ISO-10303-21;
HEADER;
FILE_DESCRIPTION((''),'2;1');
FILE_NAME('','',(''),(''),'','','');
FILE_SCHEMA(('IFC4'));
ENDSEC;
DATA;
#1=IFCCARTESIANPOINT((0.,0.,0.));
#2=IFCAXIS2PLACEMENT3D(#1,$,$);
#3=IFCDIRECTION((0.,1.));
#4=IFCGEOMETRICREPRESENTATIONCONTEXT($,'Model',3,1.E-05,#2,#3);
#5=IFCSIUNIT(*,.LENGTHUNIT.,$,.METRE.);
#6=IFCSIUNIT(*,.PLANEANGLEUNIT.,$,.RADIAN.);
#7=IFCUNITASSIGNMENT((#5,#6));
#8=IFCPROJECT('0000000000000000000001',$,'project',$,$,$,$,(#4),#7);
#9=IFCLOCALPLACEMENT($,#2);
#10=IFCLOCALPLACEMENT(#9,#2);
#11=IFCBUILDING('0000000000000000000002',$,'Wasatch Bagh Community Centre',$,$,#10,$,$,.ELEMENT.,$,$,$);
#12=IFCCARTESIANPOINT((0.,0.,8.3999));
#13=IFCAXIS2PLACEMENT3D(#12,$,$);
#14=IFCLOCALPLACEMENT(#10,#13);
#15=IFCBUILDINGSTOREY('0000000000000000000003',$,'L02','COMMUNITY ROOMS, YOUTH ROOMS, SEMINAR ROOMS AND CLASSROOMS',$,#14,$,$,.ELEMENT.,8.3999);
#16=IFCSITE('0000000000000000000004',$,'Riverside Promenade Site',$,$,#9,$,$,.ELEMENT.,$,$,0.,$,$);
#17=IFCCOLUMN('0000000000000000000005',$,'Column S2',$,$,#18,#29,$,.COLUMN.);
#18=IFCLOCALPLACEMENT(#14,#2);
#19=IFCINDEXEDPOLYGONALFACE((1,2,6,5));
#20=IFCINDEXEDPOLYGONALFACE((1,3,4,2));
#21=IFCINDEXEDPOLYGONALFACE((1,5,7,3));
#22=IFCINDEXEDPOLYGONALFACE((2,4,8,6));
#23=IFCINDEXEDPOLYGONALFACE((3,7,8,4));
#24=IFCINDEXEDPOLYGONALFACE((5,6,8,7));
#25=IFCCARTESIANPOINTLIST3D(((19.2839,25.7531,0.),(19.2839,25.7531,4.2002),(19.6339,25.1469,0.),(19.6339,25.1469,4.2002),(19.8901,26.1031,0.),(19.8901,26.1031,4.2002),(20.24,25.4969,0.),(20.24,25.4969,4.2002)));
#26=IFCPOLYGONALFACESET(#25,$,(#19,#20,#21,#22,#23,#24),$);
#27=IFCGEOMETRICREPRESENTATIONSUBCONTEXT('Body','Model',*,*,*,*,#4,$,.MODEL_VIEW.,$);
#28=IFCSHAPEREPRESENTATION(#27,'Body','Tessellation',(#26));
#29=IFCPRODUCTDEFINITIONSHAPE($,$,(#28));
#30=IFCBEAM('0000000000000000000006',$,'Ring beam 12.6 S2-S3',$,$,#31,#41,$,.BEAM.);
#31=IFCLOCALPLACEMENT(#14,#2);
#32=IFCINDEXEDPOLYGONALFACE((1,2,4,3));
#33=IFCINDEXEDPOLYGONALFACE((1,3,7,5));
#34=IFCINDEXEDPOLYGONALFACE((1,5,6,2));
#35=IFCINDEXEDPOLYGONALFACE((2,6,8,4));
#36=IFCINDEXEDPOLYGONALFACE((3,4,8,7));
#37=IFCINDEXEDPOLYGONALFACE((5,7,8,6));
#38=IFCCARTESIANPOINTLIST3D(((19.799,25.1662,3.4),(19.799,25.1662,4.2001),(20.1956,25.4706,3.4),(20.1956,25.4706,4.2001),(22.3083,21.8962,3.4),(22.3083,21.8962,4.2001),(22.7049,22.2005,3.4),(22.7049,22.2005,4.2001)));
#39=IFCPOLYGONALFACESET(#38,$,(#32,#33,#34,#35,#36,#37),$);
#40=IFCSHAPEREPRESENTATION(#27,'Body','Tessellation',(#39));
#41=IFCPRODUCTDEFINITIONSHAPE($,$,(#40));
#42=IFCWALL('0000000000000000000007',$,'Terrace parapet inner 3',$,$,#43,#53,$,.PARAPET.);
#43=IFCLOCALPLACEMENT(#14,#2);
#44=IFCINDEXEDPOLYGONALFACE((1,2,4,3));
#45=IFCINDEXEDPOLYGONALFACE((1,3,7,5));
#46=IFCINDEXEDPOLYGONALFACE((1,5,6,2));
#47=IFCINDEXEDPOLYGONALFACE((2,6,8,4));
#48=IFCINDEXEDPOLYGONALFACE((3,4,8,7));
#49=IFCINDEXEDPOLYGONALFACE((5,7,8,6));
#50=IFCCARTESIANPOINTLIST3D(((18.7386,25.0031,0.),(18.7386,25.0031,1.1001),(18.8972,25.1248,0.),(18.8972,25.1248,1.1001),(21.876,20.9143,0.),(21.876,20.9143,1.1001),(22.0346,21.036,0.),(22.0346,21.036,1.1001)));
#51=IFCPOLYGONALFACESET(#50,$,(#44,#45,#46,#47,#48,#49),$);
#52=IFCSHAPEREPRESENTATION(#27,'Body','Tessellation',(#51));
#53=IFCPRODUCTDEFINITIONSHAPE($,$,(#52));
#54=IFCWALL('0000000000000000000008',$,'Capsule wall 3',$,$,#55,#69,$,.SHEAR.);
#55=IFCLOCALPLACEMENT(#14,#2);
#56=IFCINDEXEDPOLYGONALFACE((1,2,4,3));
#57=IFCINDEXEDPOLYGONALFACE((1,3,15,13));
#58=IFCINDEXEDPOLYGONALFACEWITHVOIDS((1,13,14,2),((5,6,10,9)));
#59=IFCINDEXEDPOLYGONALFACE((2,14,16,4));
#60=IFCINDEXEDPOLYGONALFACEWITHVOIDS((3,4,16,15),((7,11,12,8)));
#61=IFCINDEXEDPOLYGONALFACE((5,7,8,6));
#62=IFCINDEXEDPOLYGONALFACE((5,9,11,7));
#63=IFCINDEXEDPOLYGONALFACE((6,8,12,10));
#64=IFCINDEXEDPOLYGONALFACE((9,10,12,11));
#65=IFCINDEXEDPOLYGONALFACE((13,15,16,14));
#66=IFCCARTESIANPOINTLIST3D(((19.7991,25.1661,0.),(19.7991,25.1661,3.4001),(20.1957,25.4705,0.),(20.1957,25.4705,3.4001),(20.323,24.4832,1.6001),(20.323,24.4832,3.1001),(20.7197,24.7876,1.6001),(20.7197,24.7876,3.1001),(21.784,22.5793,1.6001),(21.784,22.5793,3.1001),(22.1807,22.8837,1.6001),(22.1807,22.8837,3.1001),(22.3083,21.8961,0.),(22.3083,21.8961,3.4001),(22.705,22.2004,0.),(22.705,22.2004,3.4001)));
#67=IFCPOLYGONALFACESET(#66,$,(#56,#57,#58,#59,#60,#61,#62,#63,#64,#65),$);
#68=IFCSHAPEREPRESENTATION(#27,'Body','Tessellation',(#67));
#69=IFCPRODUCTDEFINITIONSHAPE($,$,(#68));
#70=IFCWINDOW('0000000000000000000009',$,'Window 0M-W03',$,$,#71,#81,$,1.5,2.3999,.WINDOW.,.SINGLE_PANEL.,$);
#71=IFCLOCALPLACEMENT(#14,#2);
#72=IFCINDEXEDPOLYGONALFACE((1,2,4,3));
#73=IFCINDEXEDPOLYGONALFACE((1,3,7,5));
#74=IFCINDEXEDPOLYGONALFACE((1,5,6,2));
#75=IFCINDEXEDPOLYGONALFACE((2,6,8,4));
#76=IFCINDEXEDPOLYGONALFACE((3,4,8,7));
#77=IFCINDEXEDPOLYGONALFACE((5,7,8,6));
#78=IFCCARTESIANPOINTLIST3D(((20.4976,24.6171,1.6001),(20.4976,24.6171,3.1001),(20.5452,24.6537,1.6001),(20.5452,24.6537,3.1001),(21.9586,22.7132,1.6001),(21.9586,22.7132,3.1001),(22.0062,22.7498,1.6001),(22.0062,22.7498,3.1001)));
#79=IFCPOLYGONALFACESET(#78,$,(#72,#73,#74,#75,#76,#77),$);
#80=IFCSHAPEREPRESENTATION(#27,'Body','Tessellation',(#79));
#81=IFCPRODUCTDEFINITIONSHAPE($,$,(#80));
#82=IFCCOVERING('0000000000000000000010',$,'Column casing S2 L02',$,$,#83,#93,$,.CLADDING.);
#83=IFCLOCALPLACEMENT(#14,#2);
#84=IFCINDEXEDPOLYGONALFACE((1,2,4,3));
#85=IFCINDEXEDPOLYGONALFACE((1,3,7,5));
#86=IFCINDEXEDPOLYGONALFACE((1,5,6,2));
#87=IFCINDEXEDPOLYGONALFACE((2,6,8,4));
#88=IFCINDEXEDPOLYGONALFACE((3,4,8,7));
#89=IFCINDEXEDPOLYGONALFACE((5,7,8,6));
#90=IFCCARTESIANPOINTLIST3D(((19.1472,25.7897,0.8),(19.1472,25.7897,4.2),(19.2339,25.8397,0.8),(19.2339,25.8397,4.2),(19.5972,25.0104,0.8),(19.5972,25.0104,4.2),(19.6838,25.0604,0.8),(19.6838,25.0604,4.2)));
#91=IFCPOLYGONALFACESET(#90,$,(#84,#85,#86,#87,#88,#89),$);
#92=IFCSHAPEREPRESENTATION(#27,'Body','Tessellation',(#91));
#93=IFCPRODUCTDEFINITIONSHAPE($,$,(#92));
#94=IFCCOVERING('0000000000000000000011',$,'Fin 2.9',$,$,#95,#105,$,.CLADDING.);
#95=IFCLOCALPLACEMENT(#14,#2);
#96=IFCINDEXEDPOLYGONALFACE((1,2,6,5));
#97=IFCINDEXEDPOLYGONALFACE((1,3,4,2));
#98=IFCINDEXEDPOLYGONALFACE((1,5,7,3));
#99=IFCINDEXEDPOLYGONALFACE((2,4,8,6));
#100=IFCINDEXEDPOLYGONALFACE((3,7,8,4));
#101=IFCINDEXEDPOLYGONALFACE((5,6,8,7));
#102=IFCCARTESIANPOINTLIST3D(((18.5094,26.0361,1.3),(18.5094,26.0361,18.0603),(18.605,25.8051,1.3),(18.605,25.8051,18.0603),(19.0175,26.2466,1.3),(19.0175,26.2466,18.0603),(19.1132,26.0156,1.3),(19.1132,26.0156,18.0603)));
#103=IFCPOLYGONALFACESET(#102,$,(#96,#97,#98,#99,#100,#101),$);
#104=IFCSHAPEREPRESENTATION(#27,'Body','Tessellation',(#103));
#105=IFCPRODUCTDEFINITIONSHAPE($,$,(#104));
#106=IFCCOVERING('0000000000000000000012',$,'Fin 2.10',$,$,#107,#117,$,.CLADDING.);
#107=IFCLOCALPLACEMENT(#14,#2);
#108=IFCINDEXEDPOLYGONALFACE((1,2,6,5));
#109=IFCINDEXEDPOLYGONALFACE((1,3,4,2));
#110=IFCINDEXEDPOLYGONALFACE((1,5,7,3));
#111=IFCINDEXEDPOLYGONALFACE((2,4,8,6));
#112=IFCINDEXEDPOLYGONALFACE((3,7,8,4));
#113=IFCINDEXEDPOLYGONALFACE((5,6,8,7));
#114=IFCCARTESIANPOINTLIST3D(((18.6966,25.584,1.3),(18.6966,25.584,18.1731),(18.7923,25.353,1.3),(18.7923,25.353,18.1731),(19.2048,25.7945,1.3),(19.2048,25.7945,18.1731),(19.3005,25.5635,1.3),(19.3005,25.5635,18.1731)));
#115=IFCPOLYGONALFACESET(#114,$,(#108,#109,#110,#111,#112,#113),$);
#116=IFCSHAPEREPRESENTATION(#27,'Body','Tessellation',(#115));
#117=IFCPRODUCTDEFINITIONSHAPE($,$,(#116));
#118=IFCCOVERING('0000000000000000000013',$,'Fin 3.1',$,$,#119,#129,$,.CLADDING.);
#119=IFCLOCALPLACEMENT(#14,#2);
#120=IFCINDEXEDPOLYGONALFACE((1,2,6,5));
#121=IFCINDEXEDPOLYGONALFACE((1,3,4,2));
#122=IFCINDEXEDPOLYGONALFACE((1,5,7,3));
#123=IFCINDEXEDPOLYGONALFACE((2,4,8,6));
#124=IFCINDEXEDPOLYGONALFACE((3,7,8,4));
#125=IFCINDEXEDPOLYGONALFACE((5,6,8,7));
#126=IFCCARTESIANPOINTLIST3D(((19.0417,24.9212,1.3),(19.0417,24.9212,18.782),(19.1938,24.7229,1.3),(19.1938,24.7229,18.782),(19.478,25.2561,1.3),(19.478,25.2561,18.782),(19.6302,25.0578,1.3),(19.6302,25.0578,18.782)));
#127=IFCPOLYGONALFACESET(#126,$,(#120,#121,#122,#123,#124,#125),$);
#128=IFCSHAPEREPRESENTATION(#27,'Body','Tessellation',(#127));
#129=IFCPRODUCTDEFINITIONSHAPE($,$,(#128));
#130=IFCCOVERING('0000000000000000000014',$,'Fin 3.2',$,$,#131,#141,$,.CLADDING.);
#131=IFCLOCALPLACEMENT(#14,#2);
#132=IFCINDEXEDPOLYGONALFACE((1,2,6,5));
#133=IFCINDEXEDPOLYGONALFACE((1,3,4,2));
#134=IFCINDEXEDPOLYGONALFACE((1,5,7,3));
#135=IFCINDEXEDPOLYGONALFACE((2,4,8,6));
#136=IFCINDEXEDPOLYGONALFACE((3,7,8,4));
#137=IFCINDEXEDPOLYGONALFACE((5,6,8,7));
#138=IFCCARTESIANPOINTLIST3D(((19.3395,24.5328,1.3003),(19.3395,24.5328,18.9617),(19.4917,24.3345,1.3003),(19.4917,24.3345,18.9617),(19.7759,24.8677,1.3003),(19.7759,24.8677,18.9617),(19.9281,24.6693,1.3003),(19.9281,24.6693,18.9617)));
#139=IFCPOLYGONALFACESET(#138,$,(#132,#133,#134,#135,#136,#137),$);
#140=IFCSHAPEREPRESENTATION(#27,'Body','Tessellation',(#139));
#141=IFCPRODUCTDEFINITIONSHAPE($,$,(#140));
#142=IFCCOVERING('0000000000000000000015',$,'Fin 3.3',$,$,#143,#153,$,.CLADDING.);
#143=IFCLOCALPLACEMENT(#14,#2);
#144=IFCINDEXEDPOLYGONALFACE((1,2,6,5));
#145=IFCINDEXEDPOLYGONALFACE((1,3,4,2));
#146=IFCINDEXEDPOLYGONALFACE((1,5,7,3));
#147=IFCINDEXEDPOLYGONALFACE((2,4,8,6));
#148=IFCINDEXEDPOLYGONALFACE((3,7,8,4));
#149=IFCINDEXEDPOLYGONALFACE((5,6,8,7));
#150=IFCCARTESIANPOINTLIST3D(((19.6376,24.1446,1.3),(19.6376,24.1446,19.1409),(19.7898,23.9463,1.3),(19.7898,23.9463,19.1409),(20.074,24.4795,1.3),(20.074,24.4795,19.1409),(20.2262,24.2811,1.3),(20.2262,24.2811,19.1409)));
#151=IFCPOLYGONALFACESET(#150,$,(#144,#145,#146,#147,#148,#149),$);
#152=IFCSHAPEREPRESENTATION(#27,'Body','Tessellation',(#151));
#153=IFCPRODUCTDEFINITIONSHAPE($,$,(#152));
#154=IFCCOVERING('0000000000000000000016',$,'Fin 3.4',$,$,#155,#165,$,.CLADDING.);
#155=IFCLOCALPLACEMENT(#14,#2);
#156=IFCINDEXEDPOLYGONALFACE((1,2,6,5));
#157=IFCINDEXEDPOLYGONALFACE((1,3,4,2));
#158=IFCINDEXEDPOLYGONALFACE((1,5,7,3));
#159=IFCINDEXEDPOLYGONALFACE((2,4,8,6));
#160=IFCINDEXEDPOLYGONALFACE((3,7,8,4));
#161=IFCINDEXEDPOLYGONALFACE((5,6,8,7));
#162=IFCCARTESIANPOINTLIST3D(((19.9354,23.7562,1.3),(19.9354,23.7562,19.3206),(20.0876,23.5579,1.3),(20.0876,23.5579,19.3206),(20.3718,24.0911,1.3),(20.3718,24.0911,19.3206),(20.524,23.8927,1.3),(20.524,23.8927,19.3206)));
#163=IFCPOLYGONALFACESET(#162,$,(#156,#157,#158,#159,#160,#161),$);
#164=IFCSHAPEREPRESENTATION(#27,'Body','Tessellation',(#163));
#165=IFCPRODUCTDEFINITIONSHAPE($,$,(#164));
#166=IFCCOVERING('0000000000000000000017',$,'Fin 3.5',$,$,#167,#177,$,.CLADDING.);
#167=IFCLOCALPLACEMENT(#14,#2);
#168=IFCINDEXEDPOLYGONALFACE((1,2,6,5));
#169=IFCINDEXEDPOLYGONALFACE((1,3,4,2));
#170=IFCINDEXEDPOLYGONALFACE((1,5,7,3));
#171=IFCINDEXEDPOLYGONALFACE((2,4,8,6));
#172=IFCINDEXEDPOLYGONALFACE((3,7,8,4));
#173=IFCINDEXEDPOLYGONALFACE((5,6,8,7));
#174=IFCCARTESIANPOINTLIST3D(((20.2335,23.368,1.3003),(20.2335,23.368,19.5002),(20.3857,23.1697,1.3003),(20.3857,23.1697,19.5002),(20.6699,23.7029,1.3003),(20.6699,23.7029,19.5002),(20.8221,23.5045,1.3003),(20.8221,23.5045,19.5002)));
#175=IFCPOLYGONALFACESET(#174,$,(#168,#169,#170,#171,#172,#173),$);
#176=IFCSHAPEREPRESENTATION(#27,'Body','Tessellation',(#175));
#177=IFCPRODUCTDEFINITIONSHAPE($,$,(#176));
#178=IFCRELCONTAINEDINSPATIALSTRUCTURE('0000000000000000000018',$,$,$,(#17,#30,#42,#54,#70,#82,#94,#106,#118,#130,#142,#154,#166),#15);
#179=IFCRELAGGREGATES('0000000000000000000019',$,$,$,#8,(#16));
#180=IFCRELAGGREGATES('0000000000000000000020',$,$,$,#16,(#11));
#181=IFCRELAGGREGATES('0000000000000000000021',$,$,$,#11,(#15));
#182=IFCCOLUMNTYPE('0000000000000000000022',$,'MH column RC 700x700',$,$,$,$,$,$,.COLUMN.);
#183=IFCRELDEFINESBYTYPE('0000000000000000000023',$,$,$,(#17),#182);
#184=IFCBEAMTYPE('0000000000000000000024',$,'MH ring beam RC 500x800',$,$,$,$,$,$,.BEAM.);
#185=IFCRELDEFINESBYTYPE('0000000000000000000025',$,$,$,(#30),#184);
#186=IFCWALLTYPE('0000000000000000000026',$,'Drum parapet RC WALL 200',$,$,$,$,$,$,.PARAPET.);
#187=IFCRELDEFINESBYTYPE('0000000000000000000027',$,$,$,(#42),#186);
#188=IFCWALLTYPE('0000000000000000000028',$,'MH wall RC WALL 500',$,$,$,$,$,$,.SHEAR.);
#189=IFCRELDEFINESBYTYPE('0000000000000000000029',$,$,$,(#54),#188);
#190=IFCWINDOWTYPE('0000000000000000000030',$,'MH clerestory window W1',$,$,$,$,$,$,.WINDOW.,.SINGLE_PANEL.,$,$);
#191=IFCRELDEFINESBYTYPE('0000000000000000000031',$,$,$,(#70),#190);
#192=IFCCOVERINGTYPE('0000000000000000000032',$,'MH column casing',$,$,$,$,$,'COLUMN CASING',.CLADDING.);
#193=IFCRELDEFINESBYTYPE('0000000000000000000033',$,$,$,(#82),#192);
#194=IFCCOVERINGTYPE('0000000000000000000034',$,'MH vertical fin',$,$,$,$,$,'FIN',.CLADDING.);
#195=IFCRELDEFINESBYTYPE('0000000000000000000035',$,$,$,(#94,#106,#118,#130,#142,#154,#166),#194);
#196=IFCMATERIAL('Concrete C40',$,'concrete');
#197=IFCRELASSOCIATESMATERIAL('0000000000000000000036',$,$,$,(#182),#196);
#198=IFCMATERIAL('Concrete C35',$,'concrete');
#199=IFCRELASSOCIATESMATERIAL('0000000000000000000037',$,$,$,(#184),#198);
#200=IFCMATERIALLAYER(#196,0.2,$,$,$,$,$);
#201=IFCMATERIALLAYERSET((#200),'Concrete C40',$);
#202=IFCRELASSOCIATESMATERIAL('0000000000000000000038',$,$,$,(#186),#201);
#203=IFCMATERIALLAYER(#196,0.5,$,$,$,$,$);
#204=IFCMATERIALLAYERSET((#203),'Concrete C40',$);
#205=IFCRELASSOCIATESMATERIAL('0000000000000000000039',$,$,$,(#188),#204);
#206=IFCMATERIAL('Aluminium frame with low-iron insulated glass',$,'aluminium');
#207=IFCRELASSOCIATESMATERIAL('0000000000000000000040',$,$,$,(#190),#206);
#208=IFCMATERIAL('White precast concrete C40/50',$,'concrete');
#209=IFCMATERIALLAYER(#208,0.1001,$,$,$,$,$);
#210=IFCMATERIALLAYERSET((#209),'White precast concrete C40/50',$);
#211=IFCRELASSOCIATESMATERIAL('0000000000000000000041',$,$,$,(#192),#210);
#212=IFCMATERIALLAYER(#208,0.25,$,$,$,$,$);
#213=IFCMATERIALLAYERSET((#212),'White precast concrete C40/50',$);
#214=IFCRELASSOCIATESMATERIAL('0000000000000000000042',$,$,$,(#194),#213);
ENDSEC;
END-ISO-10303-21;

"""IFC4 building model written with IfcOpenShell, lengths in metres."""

from ifc_helpers import new_model, si_unit, direction, frame, frame_2d, origin, origin_2d, place, context, subcontext, project, spatial, rectangle, extrude, material, layer, layer_set, material_profile, profile_set, type_object, element, fill, save


model = new_model("IFC4")

# Units and contexts
model_context = context("Model", 3, precision=1e-05, world=origin(), true_north=direction((0.0, 1.0)))
body_context = subcontext(model_context, "Body", "Model", "MODEL_VIEW")
ifc_project = project(units=[si_unit("LENGTHUNIT", "METRE"), si_unit("PLANEANGLEUNIT", "RADIAN")], contexts=[model_context])

# Site, building, storey
site_placement = place(None, origin())
site = spatial("IfcSite", under=ifc_project, at=site_placement, Name="Riverside Promenade Site", CompositionType="ELEMENT", RefElevation=0.0)
building_placement = place(site_placement, origin())
building = spatial("IfcBuilding", under=site, at=building_placement, Name="Wasatch Bagh Community Centre", CompositionType="ELEMENT")
storey_placement = place(building_placement, frame((0.0, 0.0, 8.3999)))
storey = spatial("IfcBuildingStorey", under=building, at=storey_placement, Name="L02", Description="COMMUNITY ROOMS, YOUTH ROOMS, SEMINAR ROOMS AND CLASSROOMS", CompositionType="ELEMENT", Elevation=8.3999)

# Column
ifc_material_1 = material(Name="Concrete C40", Category="concrete")
ifc_material_profile_1 = material_profile(ifc_material_1, rectangle(XDim=0.7, YDim=0.7, at=origin_2d()), Name="RC 700x700")
ifc_profile_set_1 = profile_set([ifc_material_profile_1], Name="Concrete C40")
column_type = type_object("IfcColumnType", Name="MH column RC 700x700", PredefinedType="COLUMN", material=ifc_profile_set_1)
column_placement = place(storey_placement, frame((19.762, 25.625, 0.0), z_axis=(0.0, 0.0, 1.0), x_axis=(0.866025, 0.5, 0.0)))
element("IfcColumn", 1, at=column_placement, inside=storey, type_object=column_type, Name="Column S2", PredefinedType="COLUMN", context=body_context, shape_type="SweptSolid", body=[
    extrude(rectangle(XDim=0.7, YDim=0.7, at=origin_2d()), origin(), (0.0, 0.0, 1.0), 4.2002),
])

# Beam
ifc_material_2 = material(Name="Concrete C35", Category="concrete")
ifc_material_profile_2 = material_profile(ifc_material_2, rectangle(XDim=0.5, YDim=0.8, at=origin_2d()), Name="RC 500x800")
ifc_profile_set_2 = profile_set([ifc_material_profile_2], Name="Concrete C35")
beam_type = type_object("IfcBeamType", Name="MH ring beam RC 500x800", PredefinedType="BEAM", material=ifc_profile_set_2)
beam_placement = place(storey_placement, frame((19.9973, 25.3184, 3.8), z_axis=(0.608777, -0.793341, 0.0), x_axis=(0.793341, 0.608777, 0.0)))
element("IfcBeam", 2, at=beam_placement, inside=storey, type_object=beam_type, Name="Ring beam 12.6 S2-S3", PredefinedType="BEAM", context=body_context, shape_type="SweptSolid", body=[
    extrude(rectangle(XDim=0.5, YDim=0.8, at=origin_2d()), origin(), (0.0, 0.0, 1.0), 4.1218),
])

# Wall
ifc_layer_1 = layer(ifc_material_1, 0.2)
ifc_layer_set_1 = layer_set([ifc_layer_1], Name="Concrete C40")
wall_type_1 = type_object("IfcWallType", Name="Drum parapet RC WALL 200", PredefinedType="PARAPET", material=ifc_layer_set_1)
wall_1_placement = place(storey_placement, frame((18.8179, 25.064, 0.0), z_axis=(0.0, 0.0, 1.0), x_axis=(0.608756, -0.793358, 0.0)))
element("IfcWall", 3, at=wall_1_placement, inside=storey, type_object=wall_type_1, Name="Terrace parapet inner 3", PredefinedType="PARAPET", context=body_context, shape_type="SweptSolid", body=[
    extrude(rectangle(XDim=5.1538, YDim=0.2, at=frame_2d((2.5769, 0.0))), origin(), (0.0, 0.0, 1.0), 1.1001),
])

# Wall, opening, window
ifc_layer_2 = layer(ifc_material_1, 0.5)
ifc_layer_set_2 = layer_set([ifc_layer_2], Name="Concrete C40")
wall_type_2 = type_object("IfcWallType", Name="MH wall RC WALL 500", PredefinedType="SHEAR", material=ifc_layer_set_2)
wall_2_placement = place(storey_placement, frame((19.9973, 25.3184, 0.0), z_axis=(0.0, 0.0, 1.0), x_axis=(0.608777, -0.793341, 0.0)))
wall_2 = element("IfcWall", 4, at=wall_2_placement, inside=storey, type_object=wall_type_2, Name="Capsule wall 3", PredefinedType="SHEAR", context=body_context, shape_type="SweptSolid", body=[
    extrude(rectangle(XDim=4.1218, YDim=0.5, at=frame_2d((2.061, 0.0))), origin(), (0.0, 0.0, 1.0), 3.4001),
])
opening_placement = place(wall_2_placement, frame((0.8608, 0.0, 1.6001)))
opening = element("IfcOpeningElement", 5, at=opening_placement, cuts=wall_2, PredefinedType="OPENING", context=body_context, shape_type="SweptSolid", body=[
    extrude(rectangle(XDim=2.3999, YDim=1.5, at=frame_2d((1.2, 0.75))), frame((0.0, 0.26, 0.0), z_axis=(0.0, -1.0, 0.0), x_axis=(1.0, 0.0, 0.0)), (0.0, 0.0, 1.0), 0.52),
])
ifc_material_3 = material(Name="Aluminium frame with low-iron insulated glass", Category="aluminium")
window_type = type_object("IfcWindowType", Name="MH clerestory window W1", PartitioningType="SINGLE_PANEL", PredefinedType="WINDOW", material=ifc_material_3)
window_placement = place(opening_placement, origin())
window = element("IfcWindow", 6, at=window_placement, inside=storey, type_object=window_type, Name="Window 0M-W03", OverallHeight=1.5, OverallWidth=2.3999, PartitioningType="SINGLE_PANEL", PredefinedType="WINDOW", context=body_context, shape_type="SweptSolid", body=[
    extrude(rectangle(XDim=2.3999, YDim=1.5, at=frame_2d((1.2, 0.75))), frame((0.0, 0.03, 0.0), z_axis=(0.0, -1.0, 0.0), x_axis=(1.0, 0.0, 0.0)), (0.0, 0.0, 1.0), 0.0601),
])
fill(opening, window)

# Coverings
ifc_material_4 = material(Name="White precast concrete C40/50", Category="concrete")
ifc_layer_3 = layer(ifc_material_4, 0.1001)
ifc_layer_set_3 = layer_set([ifc_layer_3], Name="White precast concrete C40/50")
covering_type_1 = type_object("IfcCoveringType", Name="MH column casing", ElementType="COLUMN CASING", PredefinedType="CLADDING", material=ifc_layer_set_3)
covering_1_placement = place(storey_placement, frame((19.4155, 25.425, 0.8), z_axis=(0.0, 0.0, 1.0), x_axis=(0.5, -0.866025, 0.0)))
element("IfcCovering", 7, at=covering_1_placement, inside=storey, type_object=covering_type_1, Name="Column casing S2 L02", PredefinedType="CLADDING", context=body_context, shape_type="SweptSolid", body=[
    extrude(rectangle(XDim=0.8999, YDim=0.1001, at=origin_2d()), origin(), (0.0, 0.0, 1.0), 3.3999),
])
ifc_layer_4 = layer(ifc_material_4, 0.25)
ifc_layer_set_4 = layer_set([ifc_layer_4], Name="White precast concrete C40/50")
covering_type_2 = type_object("IfcCoveringType", Name="MH vertical fin", ElementType="FIN", PredefinedType="CLADDING", material=ifc_layer_set_4)
covering_2_placement = place(storey_placement, frame((18.8113, 26.0259, 1.3), z_axis=(0.0, 0.0, 1.0), x_axis=(0.382683, -0.92388, 0.0)))
element("IfcCovering", 8, at=covering_2_placement, inside=storey, type_object=covering_type_2, Name="Fin 2.9", PredefinedType="CLADDING", context=body_context, shape_type="SweptSolid", body=[
    extrude(rectangle(XDim=0.25, YDim=0.55, at=origin_2d()), origin(), (0.0, 0.0, 1.0), 16.7603),
])
covering_3_placement = place(storey_placement, frame((18.9985, 25.5737, 1.3), z_axis=(0.0, 0.0, 1.0), x_axis=(0.382683, -0.92388, 0.0)))
element("IfcCovering", 9, at=covering_3_placement, inside=storey, type_object=covering_type_2, Name="Fin 2.10", PredefinedType="CLADDING", context=body_context, shape_type="SweptSolid", body=[
    extrude(rectangle(XDim=0.25, YDim=0.55, at=origin_2d()), origin(), (0.0, 0.0, 1.0), 16.873),
])
covering_4_placement = place(storey_placement, frame((19.3359, 24.9895, 1.3), z_axis=(0.0, 0.0, 1.0), x_axis=(0.608761, -0.793353, 0.0)))
element("IfcCovering", 10, at=covering_4_placement, inside=storey, type_object=covering_type_2, Name="Fin 3.1", PredefinedType="CLADDING", context=body_context, shape_type="SweptSolid", body=[
    extrude(rectangle(XDim=0.25, YDim=0.55, at=origin_2d()), origin(), (0.0, 0.0, 1.0), 17.4819),
])
covering_5_placement = place(storey_placement, frame((19.6338, 24.6011, 1.3003), z_axis=(0.0, 0.0, 1.0), x_axis=(0.608761, -0.793353, 0.0)))
element("IfcCovering", 11, at=covering_5_placement, inside=storey, type_object=covering_type_2, Name="Fin 3.2", PredefinedType="CLADDING", context=body_context, shape_type="SweptSolid", body=[
    extrude(rectangle(XDim=0.25, YDim=0.55, at=origin_2d()), origin(), (0.0, 0.0, 1.0), 17.6614),
])
covering_6_placement = place(storey_placement, frame((19.9319, 24.2129, 1.3), z_axis=(0.0, 0.0, 1.0), x_axis=(0.608761, -0.793353, 0.0)))
element("IfcCovering", 12, at=covering_6_placement, inside=storey, type_object=covering_type_2, Name="Fin 3.3", PredefinedType="CLADDING", context=body_context, shape_type="SweptSolid", body=[
    extrude(rectangle(XDim=0.25, YDim=0.55, at=origin_2d()), origin(), (0.0, 0.0, 1.0), 17.8408),
])
covering_7_placement = place(storey_placement, frame((20.2297, 23.8245, 1.3), z_axis=(0.0, 0.0, 1.0), x_axis=(0.608761, -0.793353, 0.0)))
element("IfcCovering", 13, at=covering_7_placement, inside=storey, type_object=covering_type_2, Name="Fin 3.4", PredefinedType="CLADDING", context=body_context, shape_type="SweptSolid", body=[
    extrude(rectangle(XDim=0.25, YDim=0.55, at=origin_2d()), origin(), (0.0, 0.0, 1.0), 18.0205),
])
covering_8_placement = place(storey_placement, frame((20.5278, 23.4363, 1.3003), z_axis=(0.0, 0.0, 1.0), x_axis=(0.608761, -0.793353, 0.0)))
element("IfcCovering", 14, at=covering_8_placement, inside=storey, type_object=covering_type_2, Name="Fin 3.5", PredefinedType="CLADDING", context=body_context, shape_type="SweptSolid", body=[
    extrude(rectangle(XDim=0.25, YDim=0.55, at=origin_2d()), origin(), (0.0, 0.0, 1.0), 18.2),
])

save(model, "model.ifc")
